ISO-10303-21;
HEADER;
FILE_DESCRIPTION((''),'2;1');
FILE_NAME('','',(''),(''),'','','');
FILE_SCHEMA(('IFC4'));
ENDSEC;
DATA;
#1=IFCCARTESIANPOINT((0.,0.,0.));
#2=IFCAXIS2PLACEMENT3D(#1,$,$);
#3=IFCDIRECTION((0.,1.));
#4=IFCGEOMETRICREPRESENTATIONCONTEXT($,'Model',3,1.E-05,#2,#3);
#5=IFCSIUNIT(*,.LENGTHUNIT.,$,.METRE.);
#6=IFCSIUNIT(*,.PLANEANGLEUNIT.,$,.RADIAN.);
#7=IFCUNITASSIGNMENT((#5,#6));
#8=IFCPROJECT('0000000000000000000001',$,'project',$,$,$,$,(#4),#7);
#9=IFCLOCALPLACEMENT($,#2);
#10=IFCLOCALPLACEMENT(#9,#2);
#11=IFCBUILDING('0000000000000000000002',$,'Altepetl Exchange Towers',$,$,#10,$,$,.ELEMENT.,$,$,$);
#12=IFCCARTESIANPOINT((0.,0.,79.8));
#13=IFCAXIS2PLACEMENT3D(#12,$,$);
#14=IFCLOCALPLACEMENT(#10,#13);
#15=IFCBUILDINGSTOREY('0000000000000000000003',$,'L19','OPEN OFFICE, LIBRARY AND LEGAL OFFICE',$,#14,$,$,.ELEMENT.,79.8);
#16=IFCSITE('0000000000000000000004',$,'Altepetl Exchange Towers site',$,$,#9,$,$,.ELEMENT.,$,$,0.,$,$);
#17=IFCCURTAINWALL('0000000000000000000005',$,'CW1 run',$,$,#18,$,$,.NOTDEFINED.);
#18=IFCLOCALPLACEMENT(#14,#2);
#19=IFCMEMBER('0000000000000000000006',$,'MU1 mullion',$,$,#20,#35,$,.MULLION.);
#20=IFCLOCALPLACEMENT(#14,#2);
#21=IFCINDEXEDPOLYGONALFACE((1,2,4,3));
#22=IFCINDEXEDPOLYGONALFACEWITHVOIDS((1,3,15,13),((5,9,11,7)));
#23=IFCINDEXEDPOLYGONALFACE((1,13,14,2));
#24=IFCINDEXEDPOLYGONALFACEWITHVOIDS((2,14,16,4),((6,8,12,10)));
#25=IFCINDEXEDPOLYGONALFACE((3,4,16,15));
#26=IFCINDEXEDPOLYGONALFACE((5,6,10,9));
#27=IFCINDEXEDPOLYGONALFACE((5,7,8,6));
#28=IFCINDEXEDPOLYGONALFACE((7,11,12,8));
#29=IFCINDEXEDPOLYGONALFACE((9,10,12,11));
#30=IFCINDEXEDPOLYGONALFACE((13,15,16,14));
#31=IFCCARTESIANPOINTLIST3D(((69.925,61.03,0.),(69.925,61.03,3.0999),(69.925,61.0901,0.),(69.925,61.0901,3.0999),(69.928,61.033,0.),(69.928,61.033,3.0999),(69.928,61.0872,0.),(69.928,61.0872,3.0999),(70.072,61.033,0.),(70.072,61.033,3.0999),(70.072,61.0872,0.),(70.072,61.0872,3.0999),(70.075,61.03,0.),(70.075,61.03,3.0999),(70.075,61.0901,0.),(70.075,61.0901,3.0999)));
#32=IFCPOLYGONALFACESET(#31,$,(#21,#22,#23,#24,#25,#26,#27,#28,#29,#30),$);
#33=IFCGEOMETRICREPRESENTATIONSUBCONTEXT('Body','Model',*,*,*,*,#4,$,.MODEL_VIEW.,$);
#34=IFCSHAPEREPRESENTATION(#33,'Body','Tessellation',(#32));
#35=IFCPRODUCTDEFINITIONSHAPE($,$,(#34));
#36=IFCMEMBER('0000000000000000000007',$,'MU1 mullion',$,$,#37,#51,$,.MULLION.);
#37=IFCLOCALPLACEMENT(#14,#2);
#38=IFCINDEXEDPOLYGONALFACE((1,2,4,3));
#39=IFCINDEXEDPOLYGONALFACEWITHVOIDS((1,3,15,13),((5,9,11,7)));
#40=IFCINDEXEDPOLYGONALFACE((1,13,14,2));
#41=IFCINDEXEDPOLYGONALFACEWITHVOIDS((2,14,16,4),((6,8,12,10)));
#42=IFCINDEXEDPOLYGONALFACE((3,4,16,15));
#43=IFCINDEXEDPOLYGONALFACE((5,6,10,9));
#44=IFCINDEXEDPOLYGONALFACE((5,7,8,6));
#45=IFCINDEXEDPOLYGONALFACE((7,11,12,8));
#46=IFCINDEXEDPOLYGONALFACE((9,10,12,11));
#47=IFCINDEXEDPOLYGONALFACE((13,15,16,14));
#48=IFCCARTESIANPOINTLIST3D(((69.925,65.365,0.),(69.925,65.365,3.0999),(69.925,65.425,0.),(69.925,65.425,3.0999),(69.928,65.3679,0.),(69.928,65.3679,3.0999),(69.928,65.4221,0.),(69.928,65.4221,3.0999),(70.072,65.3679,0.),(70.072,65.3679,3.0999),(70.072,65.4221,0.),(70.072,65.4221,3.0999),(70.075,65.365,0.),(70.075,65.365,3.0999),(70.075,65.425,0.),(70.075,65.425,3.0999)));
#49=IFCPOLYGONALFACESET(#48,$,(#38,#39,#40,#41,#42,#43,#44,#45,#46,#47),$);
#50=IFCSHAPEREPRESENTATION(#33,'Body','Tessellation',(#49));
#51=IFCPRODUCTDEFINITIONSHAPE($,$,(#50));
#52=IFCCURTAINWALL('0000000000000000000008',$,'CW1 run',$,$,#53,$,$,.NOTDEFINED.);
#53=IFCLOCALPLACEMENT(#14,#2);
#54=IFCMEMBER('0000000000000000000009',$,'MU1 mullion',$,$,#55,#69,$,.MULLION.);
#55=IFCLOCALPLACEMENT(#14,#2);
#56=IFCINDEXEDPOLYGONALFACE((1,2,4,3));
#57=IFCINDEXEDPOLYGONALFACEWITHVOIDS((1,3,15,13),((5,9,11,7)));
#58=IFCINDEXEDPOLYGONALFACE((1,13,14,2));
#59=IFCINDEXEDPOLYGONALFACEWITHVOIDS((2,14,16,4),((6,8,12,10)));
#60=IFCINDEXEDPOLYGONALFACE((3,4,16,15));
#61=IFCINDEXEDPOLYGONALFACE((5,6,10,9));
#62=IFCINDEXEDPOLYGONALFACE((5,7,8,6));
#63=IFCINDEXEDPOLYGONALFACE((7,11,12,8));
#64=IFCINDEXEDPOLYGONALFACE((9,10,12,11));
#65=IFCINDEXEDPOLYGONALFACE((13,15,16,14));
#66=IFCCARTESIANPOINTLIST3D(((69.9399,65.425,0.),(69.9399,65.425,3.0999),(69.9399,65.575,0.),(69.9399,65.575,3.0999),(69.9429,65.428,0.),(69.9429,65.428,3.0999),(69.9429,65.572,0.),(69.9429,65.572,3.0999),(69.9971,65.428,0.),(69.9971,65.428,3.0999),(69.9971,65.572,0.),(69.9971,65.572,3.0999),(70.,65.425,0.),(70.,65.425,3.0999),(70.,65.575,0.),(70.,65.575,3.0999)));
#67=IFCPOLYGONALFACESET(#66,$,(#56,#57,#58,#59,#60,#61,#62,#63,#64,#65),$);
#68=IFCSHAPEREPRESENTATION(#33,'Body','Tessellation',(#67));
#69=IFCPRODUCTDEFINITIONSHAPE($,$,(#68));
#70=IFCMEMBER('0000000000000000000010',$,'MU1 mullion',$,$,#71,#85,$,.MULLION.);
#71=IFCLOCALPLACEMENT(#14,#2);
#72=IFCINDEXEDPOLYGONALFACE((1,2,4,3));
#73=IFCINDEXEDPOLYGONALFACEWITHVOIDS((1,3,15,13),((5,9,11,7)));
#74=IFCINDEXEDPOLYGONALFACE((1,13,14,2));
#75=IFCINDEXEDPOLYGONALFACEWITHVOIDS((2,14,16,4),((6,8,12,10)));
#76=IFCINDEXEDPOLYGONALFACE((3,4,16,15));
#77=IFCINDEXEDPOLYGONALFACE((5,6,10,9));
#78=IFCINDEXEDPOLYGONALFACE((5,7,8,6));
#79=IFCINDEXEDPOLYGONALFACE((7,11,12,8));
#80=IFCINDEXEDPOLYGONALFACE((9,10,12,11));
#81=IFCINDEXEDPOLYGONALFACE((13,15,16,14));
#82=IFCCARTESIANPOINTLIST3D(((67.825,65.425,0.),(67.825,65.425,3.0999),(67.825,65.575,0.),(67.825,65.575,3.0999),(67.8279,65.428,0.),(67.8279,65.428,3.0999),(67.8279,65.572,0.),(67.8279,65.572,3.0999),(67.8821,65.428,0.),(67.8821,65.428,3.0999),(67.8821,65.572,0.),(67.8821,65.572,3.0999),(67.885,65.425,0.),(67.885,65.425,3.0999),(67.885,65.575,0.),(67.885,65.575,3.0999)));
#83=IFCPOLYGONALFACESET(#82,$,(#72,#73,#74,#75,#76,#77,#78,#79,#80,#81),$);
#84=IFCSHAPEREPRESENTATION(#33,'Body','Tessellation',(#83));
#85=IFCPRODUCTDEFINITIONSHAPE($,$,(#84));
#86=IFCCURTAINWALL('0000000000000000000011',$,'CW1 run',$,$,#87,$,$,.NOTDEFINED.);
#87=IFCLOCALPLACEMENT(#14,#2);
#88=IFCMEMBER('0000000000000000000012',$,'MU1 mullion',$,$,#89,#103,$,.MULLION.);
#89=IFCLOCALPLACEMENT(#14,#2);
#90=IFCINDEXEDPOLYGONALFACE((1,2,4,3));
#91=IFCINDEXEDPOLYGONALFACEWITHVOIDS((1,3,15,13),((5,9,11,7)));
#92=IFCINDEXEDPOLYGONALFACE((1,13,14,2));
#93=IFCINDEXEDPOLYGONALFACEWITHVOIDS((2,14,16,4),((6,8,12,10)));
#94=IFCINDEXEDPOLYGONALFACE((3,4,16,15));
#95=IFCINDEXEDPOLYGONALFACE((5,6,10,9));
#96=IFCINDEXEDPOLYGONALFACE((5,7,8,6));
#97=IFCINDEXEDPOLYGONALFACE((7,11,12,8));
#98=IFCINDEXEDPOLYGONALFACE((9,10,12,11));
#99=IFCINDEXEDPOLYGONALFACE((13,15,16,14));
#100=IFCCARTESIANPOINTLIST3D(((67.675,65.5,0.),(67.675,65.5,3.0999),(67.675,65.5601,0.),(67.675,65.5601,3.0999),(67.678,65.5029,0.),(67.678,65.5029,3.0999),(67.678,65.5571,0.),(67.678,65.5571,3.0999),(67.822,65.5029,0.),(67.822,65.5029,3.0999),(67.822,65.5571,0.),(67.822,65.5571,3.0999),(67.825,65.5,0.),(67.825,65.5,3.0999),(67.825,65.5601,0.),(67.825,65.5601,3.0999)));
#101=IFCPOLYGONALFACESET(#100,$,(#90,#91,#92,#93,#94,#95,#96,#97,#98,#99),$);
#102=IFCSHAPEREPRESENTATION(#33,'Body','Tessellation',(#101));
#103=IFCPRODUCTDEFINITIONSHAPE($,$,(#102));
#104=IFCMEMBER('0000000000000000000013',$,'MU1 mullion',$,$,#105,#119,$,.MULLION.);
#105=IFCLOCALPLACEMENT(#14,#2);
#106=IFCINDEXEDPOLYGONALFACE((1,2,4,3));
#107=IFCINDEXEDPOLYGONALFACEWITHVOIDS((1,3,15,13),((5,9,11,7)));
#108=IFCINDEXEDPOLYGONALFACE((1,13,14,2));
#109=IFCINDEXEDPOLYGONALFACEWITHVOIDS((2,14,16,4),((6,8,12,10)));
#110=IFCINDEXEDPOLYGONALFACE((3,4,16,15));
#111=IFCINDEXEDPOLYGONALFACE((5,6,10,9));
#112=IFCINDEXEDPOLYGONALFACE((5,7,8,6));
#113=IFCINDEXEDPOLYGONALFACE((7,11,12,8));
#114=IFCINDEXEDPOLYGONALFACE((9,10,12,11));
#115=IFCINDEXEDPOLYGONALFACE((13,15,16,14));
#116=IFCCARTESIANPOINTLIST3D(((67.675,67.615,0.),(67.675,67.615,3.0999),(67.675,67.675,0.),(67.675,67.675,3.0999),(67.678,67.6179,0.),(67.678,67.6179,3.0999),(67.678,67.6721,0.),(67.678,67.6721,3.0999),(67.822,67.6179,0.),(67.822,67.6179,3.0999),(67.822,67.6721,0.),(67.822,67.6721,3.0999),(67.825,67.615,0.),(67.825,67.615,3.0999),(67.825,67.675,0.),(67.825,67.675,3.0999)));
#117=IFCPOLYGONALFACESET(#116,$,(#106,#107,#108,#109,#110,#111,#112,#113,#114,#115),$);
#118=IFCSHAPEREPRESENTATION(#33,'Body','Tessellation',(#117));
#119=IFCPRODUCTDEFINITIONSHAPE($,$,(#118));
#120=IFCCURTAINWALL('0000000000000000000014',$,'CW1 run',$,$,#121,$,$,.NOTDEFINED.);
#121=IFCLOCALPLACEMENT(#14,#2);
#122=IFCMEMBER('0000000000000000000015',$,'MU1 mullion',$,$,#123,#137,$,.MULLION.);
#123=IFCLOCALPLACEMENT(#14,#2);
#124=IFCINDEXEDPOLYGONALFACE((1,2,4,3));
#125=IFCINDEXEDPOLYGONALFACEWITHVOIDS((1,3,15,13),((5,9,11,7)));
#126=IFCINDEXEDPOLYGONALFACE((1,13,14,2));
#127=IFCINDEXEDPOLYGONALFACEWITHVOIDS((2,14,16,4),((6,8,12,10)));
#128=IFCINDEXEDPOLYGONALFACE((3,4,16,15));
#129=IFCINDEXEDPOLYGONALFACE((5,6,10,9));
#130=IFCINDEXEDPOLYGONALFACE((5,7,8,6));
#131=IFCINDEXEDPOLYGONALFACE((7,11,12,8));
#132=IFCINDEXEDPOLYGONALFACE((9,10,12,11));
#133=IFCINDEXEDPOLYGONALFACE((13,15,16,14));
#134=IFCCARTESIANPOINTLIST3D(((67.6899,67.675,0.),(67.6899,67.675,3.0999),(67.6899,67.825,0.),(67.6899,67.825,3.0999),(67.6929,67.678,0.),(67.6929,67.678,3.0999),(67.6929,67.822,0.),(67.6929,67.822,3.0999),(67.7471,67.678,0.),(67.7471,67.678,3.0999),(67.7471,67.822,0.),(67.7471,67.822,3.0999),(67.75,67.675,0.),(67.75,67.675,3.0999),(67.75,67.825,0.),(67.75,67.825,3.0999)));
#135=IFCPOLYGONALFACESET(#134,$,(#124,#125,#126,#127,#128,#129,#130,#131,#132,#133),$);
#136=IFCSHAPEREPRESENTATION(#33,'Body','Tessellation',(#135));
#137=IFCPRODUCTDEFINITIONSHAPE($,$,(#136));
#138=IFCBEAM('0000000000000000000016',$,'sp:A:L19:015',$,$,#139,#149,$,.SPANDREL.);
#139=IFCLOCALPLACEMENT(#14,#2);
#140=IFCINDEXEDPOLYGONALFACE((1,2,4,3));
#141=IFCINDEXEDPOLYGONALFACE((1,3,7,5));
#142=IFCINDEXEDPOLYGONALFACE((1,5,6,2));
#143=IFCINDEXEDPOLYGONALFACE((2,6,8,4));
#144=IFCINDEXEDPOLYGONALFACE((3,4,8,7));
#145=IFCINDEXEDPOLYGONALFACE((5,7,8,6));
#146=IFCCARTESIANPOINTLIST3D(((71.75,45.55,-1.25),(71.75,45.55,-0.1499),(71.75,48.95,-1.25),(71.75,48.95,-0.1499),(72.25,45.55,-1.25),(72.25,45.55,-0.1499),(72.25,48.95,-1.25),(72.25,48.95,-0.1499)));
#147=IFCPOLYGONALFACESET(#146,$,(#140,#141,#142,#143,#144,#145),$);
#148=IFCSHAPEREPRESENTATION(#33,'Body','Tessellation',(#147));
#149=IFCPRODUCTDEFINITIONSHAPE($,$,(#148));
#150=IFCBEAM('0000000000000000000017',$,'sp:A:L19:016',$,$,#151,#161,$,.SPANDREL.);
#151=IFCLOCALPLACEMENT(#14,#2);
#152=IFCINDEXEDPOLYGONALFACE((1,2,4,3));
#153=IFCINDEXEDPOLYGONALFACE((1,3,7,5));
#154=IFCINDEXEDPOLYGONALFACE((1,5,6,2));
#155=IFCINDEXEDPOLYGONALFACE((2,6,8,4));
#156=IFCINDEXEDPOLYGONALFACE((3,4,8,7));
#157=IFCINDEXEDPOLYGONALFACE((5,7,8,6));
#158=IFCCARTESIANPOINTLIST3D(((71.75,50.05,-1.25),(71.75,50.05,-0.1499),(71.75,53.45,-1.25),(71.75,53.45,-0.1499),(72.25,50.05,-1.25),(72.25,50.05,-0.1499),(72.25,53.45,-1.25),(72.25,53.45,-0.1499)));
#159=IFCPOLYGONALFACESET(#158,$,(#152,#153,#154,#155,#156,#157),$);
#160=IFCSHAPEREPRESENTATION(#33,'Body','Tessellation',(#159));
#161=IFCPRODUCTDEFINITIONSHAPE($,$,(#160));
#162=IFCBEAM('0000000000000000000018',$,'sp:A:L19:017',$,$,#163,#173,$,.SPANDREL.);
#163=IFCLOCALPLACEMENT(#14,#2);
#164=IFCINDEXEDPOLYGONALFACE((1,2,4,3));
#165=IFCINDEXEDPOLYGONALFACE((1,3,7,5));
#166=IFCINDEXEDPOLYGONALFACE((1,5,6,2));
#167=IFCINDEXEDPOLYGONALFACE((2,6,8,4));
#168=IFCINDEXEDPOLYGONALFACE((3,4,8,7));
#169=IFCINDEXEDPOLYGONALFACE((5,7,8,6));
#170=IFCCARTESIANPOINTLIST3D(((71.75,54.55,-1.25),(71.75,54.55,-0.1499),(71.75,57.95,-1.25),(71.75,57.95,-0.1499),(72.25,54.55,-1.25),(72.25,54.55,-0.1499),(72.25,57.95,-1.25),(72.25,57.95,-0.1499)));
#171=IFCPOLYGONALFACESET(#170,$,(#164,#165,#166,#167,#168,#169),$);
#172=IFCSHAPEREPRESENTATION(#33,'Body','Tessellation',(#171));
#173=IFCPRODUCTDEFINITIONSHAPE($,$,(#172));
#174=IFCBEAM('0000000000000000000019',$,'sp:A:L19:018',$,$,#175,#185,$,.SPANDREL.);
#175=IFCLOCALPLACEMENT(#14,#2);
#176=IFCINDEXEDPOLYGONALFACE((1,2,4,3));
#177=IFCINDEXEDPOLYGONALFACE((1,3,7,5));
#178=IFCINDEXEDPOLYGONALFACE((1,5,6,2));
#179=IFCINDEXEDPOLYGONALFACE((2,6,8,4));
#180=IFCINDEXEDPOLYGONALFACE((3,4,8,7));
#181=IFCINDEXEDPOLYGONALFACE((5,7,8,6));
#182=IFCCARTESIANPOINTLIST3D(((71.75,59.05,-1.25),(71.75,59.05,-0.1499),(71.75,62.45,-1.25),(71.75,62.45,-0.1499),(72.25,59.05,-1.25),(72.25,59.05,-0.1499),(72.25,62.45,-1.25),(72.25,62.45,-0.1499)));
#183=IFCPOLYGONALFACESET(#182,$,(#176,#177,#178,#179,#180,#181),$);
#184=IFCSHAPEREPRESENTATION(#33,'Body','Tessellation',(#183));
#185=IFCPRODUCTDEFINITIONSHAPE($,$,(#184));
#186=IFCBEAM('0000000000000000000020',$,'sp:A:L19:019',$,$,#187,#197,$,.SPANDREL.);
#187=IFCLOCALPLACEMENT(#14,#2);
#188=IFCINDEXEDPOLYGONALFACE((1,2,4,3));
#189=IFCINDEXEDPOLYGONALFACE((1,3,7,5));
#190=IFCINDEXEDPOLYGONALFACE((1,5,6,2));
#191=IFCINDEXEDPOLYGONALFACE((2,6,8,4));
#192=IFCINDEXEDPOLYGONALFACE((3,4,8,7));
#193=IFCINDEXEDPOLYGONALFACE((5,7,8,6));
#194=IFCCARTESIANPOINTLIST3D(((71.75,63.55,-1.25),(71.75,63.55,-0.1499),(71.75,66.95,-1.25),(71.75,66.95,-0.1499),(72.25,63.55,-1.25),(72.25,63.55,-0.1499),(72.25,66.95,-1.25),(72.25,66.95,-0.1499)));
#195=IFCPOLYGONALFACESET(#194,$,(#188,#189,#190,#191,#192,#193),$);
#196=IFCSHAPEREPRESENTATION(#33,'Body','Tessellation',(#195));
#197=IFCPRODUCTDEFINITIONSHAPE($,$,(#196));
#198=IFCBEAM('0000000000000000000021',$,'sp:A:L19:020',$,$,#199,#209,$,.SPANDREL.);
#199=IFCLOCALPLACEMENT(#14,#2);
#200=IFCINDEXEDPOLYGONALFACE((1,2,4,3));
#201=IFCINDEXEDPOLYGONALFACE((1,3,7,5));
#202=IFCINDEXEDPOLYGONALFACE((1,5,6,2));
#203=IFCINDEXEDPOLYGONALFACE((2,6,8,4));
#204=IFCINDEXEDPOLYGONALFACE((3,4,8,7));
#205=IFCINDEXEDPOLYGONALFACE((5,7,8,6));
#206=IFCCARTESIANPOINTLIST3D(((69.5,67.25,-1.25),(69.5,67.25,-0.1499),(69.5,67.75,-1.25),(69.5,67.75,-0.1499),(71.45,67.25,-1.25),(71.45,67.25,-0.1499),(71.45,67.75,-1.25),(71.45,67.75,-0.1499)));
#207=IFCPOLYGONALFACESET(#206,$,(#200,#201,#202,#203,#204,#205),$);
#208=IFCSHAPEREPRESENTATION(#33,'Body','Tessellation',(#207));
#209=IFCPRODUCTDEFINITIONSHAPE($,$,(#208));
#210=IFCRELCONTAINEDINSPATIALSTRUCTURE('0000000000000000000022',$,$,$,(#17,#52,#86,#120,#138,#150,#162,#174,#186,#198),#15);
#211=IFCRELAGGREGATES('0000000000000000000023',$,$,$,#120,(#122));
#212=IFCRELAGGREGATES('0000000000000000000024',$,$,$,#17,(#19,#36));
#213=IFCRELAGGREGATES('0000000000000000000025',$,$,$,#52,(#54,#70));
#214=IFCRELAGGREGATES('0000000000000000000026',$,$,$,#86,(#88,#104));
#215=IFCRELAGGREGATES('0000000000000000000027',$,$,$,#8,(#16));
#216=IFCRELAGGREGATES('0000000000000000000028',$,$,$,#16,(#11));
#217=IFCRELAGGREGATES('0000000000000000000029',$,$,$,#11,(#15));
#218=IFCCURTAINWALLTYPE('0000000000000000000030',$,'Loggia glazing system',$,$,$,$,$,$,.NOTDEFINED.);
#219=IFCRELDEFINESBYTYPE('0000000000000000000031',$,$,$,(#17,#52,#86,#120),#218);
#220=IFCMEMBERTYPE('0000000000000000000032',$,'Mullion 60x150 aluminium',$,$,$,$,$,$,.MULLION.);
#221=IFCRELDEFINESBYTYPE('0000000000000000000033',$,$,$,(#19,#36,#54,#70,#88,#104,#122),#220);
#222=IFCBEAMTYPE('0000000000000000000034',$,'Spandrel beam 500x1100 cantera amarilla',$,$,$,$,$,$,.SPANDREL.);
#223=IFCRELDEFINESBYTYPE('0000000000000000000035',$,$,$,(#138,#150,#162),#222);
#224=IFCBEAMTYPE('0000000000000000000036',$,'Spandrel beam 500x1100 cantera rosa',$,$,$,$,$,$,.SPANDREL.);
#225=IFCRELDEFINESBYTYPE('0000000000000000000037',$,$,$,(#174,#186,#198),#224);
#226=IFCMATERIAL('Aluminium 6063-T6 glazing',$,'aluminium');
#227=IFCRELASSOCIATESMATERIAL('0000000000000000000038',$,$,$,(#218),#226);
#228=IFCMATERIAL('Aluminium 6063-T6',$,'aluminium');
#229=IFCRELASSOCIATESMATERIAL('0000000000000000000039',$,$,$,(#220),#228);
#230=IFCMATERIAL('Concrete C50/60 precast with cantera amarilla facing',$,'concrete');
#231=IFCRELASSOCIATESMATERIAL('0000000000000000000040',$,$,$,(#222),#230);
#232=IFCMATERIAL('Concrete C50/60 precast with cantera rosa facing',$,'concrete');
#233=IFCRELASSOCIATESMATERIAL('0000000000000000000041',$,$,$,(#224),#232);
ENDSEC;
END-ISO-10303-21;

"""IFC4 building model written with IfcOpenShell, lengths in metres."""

from ifc_helpers import new_model, si_unit, direction, frame, origin, origin_2d, place, context, subcontext, project, spatial, rectangle, hollow_rectangle, extrude, material, material_profile, profile_set, type_object, element, aggregate, save


model = new_model("IFC4")

# Units and contexts
model_context = context("Model", 3, precision=1e-05, world=origin(), true_north=direction((0.0, 1.0)))
body_context = subcontext(model_context, "Body", "Model", "MODEL_VIEW")
ifc_project = project(units=[si_unit("LENGTHUNIT", "METRE"), si_unit("PLANEANGLEUNIT", "RADIAN")], contexts=[model_context])

# Site, building, storey
site_placement = place(None, origin())
site = spatial("IfcSite", under=ifc_project, at=site_placement, Name="Altepetl Exchange Towers site", CompositionType="ELEMENT", RefElevation=0.0)
building_placement = place(site_placement, origin())
building = spatial("IfcBuilding", under=site, at=building_placement, Name="Altepetl Exchange Towers", CompositionType="ELEMENT")
storey_placement = place(building_placement, frame((0.0, 0.0, 79.8)))
storey = spatial("IfcBuildingStorey", under=building, at=storey_placement, Name="L19", Description="OPEN OFFICE, LIBRARY AND LEGAL OFFICE", CompositionType="ELEMENT", Elevation=79.8)

# Curtain walls, members
ifc_material_1 = material(Name="Aluminium 6063-T6 glazing", Category="aluminium")
curtain_wall_type = type_object("IfcCurtainWallType", Name="Loggia glazing system", PredefinedType="NOTDEFINED", material=ifc_material_1)
ifc_material_2 = material(Name="Aluminium 6063-T6", Category="aluminium")
ifc_material_profile_1 = material_profile(ifc_material_2, hollow_rectangle(XDim=0.0601, YDim=0.1499, WallThickness=0.0029, at=origin_2d()), Name="Mullion 60x150 aluminium")
ifc_profile_set_1 = profile_set([ifc_material_profile_1], Name="Aluminium 6063-T6")
member_type = type_object("IfcMemberType", Name="Mullion 60x150 aluminium", PredefinedType="MULLION", material=ifc_profile_set_1)
curtain_wall_1_placement = place(storey_placement, origin())
curtain_wall_1 = element("IfcCurtainWall", 1, at=curtain_wall_1_placement, inside=storey, type_object=curtain_wall_type, Name="CW1 run", PredefinedType="NOTDEFINED")
member_1_placement = place(storey_placement, frame((70.0, 61.0601, 0.0), z_axis=(0.0, 0.0, 1.0), x_axis=(0.0, 1.0, 0.0)))
member_1 = element("IfcMember", 2, at=member_1_placement, type_object=member_type, Name="MU1 mullion", PredefinedType="MULLION", context=body_context, shape_type="SweptSolid", body=[
    extrude(hollow_rectangle(XDim=0.0601, YDim=0.1499, WallThickness=0.0029, at=origin_2d()), origin(), (0.0, 0.0, 1.0), 3.0999),
])
member_2_placement = place(storey_placement, frame((70.0, 65.395, 0.0), z_axis=(0.0, 0.0, 1.0), x_axis=(0.0, 1.0, 0.0)))
member_2 = element("IfcMember", 3, at=member_2_placement, type_object=member_type, Name="MU1 mullion", PredefinedType="MULLION", context=body_context, shape_type="SweptSolid", body=[
    extrude(hollow_rectangle(XDim=0.0601, YDim=0.1499, WallThickness=0.0029, at=origin_2d()), origin(), (0.0, 0.0, 1.0), 3.0999),
])
curtain_wall_2_placement = place(storey_placement, origin())
curtain_wall_2 = element("IfcCurtainWall", 4, at=curtain_wall_2_placement, inside=storey, type_object=curtain_wall_type, Name="CW1 run", PredefinedType="NOTDEFINED")
member_3_placement = place(storey_placement, frame((69.97, 65.5, 0.0), z_axis=(0.0, 0.0, 1.0), x_axis=(-1.0, 0.0, 0.0)))
member_3 = element("IfcMember", 5, at=member_3_placement, type_object=member_type, Name="MU1 mullion", PredefinedType="MULLION", context=body_context, shape_type="SweptSolid", body=[
    extrude(hollow_rectangle(XDim=0.0601, YDim=0.1499, WallThickness=0.0029, at=origin_2d()), origin(), (0.0, 0.0, 1.0), 3.0999),
])
member_4_placement = place(storey_placement, frame((67.855, 65.5, 0.0), z_axis=(0.0, 0.0, 1.0), x_axis=(-1.0, 0.0, 0.0)))
member_4 = element("IfcMember", 6, at=member_4_placement, type_object=member_type, Name="MU1 mullion", PredefinedType="MULLION", context=body_context, shape_type="SweptSolid", body=[
    extrude(hollow_rectangle(XDim=0.0601, YDim=0.1499, WallThickness=0.0029, at=origin_2d()), origin(), (0.0, 0.0, 1.0), 3.0999),
])
curtain_wall_3_placement = place(storey_placement, origin())
curtain_wall_3 = element("IfcCurtainWall", 7, at=curtain_wall_3_placement, inside=storey, type_object=curtain_wall_type, Name="CW1 run", PredefinedType="NOTDEFINED")
member_5_placement = place(storey_placement, frame((67.75, 65.53, 0.0), z_axis=(0.0, 0.0, 1.0), x_axis=(0.0, 1.0, 0.0)))
member_5 = element("IfcMember", 8, at=member_5_placement, type_object=member_type, Name="MU1 mullion", PredefinedType="MULLION", context=body_context, shape_type="SweptSolid", body=[
    extrude(hollow_rectangle(XDim=0.0601, YDim=0.1499, WallThickness=0.0029, at=origin_2d()), origin(), (0.0, 0.0, 1.0), 3.0999),
])
member_6_placement = place(storey_placement, frame((67.75, 67.645, 0.0), z_axis=(0.0, 0.0, 1.0), x_axis=(0.0, 1.0, 0.0)))
member_6 = element("IfcMember", 9, at=member_6_placement, type_object=member_type, Name="MU1 mullion", PredefinedType="MULLION", context=body_context, shape_type="SweptSolid", body=[
    extrude(hollow_rectangle(XDim=0.0601, YDim=0.1499, WallThickness=0.0029, at=origin_2d()), origin(), (0.0, 0.0, 1.0), 3.0999),
])

# Curtain wall, member
curtain_wall_4_placement = place(storey_placement, origin())
curtain_wall_4 = element("IfcCurtainWall", 10, at=curtain_wall_4_placement, inside=storey, type_object=curtain_wall_type, Name="CW1 run", PredefinedType="NOTDEFINED")
member_7_placement = place(storey_placement, frame((67.72, 67.75, 0.0), z_axis=(0.0, 0.0, 1.0), x_axis=(-1.0, 0.0, 0.0)))
member_7 = element("IfcMember", 11, at=member_7_placement, type_object=member_type, Name="MU1 mullion", PredefinedType="MULLION", context=body_context, shape_type="SweptSolid", body=[
    extrude(hollow_rectangle(XDim=0.0601, YDim=0.1499, WallThickness=0.0029, at=origin_2d()), origin(), (0.0, 0.0, 1.0), 3.0999),
])
aggregate(curtain_wall_4, [member_7])

# Beams
ifc_material_3 = material(Name="Concrete C50/60 precast with cantera amarilla facing", Category="concrete")
ifc_material_profile_2 = material_profile(ifc_material_3, rectangle(XDim=0.5, YDim=1.1001, at=origin_2d()), Name="500 x 1100")
ifc_profile_set_2 = profile_set([ifc_material_profile_2], Name="Concrete C50/60 precast with cantera amarilla facing")
beam_type_1 = type_object("IfcBeamType", Name="Spandrel beam 500x1100 cantera amarilla", PredefinedType="SPANDREL", material=ifc_profile_set_2)
for number, where, z_axis, x_axis, name in (
    (12, (72.0, 45.55, -0.7), (0.0, 1.0, 0.0), (-1.0, 0.0, 0.0), "sp:A:L19:015"),
    (13, (72.0, 50.05, -0.7), (0.0, 1.0, 0.0), (-1.0, 0.0, 0.0), "sp:A:L19:016"),
    (14, (72.0, 54.55, -0.7), (0.0, 1.0, 0.0), (-1.0, 0.0, 0.0), "sp:A:L19:017"),
):
    element("IfcBeam", number, at=place(storey_placement, frame(where, z_axis=z_axis, x_axis=x_axis)), inside=storey, type_object=beam_type_1, Name=name, PredefinedType="SPANDREL", context=body_context, shape_type="SweptSolid", body=[
        extrude(rectangle(XDim=0.5, YDim=1.1001, at=origin_2d()), origin(), (0.0, 0.0, 1.0), 3.3999),
    ])
ifc_material_4 = material(Name="Concrete C50/60 precast with cantera rosa facing", Category="concrete")
ifc_material_profile_3 = material_profile(ifc_material_4, rectangle(XDim=0.5, YDim=1.1001, at=origin_2d()), Name="500 x 1100")
ifc_profile_set_3 = profile_set([ifc_material_profile_3], Name="Concrete C50/60 precast with cantera rosa facing")
beam_type_2 = type_object("IfcBeamType", Name="Spandrel beam 500x1100 cantera rosa", PredefinedType="SPANDREL", material=ifc_profile_set_3)
for number, where, z_axis, x_axis, name in (
    (15, (72.0, 59.05, -0.7), (0.0, 1.0, 0.0), (-1.0, 0.0, 0.0), "sp:A:L19:018"),
    (16, (72.0, 63.55, -0.7), (0.0, 1.0, 0.0), (-1.0, 0.0, 0.0), "sp:A:L19:019"),
):
    element("IfcBeam", number, at=place(storey_placement, frame(where, z_axis=z_axis, x_axis=x_axis)), inside=storey, type_object=beam_type_2, Name=name, PredefinedType="SPANDREL", context=body_context, shape_type="SweptSolid", body=[
        extrude(rectangle(XDim=0.5, YDim=1.1001, at=origin_2d()), origin(), (0.0, 0.0, 1.0), 3.3999),
    ])
beam_1_placement = place(storey_placement, frame((71.45, 67.5, -0.7), z_axis=(-1.0, 0.0, 0.0), x_axis=(0.0, -1.0, 0.0)))
element("IfcBeam", 17, at=beam_1_placement, inside=storey, type_object=beam_type_2, Name="sp:A:L19:020", PredefinedType="SPANDREL", context=body_context, shape_type="SweptSolid", body=[
    extrude(rectangle(XDim=0.5, YDim=1.1001, at=origin_2d()), origin(), (0.0, 0.0, 1.0), 1.95),
])

aggregate(curtain_wall_1, [member_1, member_2])
aggregate(curtain_wall_2, [member_3, member_4])
aggregate(curtain_wall_3, [member_5, member_6])

save(model, "model.ifc")
